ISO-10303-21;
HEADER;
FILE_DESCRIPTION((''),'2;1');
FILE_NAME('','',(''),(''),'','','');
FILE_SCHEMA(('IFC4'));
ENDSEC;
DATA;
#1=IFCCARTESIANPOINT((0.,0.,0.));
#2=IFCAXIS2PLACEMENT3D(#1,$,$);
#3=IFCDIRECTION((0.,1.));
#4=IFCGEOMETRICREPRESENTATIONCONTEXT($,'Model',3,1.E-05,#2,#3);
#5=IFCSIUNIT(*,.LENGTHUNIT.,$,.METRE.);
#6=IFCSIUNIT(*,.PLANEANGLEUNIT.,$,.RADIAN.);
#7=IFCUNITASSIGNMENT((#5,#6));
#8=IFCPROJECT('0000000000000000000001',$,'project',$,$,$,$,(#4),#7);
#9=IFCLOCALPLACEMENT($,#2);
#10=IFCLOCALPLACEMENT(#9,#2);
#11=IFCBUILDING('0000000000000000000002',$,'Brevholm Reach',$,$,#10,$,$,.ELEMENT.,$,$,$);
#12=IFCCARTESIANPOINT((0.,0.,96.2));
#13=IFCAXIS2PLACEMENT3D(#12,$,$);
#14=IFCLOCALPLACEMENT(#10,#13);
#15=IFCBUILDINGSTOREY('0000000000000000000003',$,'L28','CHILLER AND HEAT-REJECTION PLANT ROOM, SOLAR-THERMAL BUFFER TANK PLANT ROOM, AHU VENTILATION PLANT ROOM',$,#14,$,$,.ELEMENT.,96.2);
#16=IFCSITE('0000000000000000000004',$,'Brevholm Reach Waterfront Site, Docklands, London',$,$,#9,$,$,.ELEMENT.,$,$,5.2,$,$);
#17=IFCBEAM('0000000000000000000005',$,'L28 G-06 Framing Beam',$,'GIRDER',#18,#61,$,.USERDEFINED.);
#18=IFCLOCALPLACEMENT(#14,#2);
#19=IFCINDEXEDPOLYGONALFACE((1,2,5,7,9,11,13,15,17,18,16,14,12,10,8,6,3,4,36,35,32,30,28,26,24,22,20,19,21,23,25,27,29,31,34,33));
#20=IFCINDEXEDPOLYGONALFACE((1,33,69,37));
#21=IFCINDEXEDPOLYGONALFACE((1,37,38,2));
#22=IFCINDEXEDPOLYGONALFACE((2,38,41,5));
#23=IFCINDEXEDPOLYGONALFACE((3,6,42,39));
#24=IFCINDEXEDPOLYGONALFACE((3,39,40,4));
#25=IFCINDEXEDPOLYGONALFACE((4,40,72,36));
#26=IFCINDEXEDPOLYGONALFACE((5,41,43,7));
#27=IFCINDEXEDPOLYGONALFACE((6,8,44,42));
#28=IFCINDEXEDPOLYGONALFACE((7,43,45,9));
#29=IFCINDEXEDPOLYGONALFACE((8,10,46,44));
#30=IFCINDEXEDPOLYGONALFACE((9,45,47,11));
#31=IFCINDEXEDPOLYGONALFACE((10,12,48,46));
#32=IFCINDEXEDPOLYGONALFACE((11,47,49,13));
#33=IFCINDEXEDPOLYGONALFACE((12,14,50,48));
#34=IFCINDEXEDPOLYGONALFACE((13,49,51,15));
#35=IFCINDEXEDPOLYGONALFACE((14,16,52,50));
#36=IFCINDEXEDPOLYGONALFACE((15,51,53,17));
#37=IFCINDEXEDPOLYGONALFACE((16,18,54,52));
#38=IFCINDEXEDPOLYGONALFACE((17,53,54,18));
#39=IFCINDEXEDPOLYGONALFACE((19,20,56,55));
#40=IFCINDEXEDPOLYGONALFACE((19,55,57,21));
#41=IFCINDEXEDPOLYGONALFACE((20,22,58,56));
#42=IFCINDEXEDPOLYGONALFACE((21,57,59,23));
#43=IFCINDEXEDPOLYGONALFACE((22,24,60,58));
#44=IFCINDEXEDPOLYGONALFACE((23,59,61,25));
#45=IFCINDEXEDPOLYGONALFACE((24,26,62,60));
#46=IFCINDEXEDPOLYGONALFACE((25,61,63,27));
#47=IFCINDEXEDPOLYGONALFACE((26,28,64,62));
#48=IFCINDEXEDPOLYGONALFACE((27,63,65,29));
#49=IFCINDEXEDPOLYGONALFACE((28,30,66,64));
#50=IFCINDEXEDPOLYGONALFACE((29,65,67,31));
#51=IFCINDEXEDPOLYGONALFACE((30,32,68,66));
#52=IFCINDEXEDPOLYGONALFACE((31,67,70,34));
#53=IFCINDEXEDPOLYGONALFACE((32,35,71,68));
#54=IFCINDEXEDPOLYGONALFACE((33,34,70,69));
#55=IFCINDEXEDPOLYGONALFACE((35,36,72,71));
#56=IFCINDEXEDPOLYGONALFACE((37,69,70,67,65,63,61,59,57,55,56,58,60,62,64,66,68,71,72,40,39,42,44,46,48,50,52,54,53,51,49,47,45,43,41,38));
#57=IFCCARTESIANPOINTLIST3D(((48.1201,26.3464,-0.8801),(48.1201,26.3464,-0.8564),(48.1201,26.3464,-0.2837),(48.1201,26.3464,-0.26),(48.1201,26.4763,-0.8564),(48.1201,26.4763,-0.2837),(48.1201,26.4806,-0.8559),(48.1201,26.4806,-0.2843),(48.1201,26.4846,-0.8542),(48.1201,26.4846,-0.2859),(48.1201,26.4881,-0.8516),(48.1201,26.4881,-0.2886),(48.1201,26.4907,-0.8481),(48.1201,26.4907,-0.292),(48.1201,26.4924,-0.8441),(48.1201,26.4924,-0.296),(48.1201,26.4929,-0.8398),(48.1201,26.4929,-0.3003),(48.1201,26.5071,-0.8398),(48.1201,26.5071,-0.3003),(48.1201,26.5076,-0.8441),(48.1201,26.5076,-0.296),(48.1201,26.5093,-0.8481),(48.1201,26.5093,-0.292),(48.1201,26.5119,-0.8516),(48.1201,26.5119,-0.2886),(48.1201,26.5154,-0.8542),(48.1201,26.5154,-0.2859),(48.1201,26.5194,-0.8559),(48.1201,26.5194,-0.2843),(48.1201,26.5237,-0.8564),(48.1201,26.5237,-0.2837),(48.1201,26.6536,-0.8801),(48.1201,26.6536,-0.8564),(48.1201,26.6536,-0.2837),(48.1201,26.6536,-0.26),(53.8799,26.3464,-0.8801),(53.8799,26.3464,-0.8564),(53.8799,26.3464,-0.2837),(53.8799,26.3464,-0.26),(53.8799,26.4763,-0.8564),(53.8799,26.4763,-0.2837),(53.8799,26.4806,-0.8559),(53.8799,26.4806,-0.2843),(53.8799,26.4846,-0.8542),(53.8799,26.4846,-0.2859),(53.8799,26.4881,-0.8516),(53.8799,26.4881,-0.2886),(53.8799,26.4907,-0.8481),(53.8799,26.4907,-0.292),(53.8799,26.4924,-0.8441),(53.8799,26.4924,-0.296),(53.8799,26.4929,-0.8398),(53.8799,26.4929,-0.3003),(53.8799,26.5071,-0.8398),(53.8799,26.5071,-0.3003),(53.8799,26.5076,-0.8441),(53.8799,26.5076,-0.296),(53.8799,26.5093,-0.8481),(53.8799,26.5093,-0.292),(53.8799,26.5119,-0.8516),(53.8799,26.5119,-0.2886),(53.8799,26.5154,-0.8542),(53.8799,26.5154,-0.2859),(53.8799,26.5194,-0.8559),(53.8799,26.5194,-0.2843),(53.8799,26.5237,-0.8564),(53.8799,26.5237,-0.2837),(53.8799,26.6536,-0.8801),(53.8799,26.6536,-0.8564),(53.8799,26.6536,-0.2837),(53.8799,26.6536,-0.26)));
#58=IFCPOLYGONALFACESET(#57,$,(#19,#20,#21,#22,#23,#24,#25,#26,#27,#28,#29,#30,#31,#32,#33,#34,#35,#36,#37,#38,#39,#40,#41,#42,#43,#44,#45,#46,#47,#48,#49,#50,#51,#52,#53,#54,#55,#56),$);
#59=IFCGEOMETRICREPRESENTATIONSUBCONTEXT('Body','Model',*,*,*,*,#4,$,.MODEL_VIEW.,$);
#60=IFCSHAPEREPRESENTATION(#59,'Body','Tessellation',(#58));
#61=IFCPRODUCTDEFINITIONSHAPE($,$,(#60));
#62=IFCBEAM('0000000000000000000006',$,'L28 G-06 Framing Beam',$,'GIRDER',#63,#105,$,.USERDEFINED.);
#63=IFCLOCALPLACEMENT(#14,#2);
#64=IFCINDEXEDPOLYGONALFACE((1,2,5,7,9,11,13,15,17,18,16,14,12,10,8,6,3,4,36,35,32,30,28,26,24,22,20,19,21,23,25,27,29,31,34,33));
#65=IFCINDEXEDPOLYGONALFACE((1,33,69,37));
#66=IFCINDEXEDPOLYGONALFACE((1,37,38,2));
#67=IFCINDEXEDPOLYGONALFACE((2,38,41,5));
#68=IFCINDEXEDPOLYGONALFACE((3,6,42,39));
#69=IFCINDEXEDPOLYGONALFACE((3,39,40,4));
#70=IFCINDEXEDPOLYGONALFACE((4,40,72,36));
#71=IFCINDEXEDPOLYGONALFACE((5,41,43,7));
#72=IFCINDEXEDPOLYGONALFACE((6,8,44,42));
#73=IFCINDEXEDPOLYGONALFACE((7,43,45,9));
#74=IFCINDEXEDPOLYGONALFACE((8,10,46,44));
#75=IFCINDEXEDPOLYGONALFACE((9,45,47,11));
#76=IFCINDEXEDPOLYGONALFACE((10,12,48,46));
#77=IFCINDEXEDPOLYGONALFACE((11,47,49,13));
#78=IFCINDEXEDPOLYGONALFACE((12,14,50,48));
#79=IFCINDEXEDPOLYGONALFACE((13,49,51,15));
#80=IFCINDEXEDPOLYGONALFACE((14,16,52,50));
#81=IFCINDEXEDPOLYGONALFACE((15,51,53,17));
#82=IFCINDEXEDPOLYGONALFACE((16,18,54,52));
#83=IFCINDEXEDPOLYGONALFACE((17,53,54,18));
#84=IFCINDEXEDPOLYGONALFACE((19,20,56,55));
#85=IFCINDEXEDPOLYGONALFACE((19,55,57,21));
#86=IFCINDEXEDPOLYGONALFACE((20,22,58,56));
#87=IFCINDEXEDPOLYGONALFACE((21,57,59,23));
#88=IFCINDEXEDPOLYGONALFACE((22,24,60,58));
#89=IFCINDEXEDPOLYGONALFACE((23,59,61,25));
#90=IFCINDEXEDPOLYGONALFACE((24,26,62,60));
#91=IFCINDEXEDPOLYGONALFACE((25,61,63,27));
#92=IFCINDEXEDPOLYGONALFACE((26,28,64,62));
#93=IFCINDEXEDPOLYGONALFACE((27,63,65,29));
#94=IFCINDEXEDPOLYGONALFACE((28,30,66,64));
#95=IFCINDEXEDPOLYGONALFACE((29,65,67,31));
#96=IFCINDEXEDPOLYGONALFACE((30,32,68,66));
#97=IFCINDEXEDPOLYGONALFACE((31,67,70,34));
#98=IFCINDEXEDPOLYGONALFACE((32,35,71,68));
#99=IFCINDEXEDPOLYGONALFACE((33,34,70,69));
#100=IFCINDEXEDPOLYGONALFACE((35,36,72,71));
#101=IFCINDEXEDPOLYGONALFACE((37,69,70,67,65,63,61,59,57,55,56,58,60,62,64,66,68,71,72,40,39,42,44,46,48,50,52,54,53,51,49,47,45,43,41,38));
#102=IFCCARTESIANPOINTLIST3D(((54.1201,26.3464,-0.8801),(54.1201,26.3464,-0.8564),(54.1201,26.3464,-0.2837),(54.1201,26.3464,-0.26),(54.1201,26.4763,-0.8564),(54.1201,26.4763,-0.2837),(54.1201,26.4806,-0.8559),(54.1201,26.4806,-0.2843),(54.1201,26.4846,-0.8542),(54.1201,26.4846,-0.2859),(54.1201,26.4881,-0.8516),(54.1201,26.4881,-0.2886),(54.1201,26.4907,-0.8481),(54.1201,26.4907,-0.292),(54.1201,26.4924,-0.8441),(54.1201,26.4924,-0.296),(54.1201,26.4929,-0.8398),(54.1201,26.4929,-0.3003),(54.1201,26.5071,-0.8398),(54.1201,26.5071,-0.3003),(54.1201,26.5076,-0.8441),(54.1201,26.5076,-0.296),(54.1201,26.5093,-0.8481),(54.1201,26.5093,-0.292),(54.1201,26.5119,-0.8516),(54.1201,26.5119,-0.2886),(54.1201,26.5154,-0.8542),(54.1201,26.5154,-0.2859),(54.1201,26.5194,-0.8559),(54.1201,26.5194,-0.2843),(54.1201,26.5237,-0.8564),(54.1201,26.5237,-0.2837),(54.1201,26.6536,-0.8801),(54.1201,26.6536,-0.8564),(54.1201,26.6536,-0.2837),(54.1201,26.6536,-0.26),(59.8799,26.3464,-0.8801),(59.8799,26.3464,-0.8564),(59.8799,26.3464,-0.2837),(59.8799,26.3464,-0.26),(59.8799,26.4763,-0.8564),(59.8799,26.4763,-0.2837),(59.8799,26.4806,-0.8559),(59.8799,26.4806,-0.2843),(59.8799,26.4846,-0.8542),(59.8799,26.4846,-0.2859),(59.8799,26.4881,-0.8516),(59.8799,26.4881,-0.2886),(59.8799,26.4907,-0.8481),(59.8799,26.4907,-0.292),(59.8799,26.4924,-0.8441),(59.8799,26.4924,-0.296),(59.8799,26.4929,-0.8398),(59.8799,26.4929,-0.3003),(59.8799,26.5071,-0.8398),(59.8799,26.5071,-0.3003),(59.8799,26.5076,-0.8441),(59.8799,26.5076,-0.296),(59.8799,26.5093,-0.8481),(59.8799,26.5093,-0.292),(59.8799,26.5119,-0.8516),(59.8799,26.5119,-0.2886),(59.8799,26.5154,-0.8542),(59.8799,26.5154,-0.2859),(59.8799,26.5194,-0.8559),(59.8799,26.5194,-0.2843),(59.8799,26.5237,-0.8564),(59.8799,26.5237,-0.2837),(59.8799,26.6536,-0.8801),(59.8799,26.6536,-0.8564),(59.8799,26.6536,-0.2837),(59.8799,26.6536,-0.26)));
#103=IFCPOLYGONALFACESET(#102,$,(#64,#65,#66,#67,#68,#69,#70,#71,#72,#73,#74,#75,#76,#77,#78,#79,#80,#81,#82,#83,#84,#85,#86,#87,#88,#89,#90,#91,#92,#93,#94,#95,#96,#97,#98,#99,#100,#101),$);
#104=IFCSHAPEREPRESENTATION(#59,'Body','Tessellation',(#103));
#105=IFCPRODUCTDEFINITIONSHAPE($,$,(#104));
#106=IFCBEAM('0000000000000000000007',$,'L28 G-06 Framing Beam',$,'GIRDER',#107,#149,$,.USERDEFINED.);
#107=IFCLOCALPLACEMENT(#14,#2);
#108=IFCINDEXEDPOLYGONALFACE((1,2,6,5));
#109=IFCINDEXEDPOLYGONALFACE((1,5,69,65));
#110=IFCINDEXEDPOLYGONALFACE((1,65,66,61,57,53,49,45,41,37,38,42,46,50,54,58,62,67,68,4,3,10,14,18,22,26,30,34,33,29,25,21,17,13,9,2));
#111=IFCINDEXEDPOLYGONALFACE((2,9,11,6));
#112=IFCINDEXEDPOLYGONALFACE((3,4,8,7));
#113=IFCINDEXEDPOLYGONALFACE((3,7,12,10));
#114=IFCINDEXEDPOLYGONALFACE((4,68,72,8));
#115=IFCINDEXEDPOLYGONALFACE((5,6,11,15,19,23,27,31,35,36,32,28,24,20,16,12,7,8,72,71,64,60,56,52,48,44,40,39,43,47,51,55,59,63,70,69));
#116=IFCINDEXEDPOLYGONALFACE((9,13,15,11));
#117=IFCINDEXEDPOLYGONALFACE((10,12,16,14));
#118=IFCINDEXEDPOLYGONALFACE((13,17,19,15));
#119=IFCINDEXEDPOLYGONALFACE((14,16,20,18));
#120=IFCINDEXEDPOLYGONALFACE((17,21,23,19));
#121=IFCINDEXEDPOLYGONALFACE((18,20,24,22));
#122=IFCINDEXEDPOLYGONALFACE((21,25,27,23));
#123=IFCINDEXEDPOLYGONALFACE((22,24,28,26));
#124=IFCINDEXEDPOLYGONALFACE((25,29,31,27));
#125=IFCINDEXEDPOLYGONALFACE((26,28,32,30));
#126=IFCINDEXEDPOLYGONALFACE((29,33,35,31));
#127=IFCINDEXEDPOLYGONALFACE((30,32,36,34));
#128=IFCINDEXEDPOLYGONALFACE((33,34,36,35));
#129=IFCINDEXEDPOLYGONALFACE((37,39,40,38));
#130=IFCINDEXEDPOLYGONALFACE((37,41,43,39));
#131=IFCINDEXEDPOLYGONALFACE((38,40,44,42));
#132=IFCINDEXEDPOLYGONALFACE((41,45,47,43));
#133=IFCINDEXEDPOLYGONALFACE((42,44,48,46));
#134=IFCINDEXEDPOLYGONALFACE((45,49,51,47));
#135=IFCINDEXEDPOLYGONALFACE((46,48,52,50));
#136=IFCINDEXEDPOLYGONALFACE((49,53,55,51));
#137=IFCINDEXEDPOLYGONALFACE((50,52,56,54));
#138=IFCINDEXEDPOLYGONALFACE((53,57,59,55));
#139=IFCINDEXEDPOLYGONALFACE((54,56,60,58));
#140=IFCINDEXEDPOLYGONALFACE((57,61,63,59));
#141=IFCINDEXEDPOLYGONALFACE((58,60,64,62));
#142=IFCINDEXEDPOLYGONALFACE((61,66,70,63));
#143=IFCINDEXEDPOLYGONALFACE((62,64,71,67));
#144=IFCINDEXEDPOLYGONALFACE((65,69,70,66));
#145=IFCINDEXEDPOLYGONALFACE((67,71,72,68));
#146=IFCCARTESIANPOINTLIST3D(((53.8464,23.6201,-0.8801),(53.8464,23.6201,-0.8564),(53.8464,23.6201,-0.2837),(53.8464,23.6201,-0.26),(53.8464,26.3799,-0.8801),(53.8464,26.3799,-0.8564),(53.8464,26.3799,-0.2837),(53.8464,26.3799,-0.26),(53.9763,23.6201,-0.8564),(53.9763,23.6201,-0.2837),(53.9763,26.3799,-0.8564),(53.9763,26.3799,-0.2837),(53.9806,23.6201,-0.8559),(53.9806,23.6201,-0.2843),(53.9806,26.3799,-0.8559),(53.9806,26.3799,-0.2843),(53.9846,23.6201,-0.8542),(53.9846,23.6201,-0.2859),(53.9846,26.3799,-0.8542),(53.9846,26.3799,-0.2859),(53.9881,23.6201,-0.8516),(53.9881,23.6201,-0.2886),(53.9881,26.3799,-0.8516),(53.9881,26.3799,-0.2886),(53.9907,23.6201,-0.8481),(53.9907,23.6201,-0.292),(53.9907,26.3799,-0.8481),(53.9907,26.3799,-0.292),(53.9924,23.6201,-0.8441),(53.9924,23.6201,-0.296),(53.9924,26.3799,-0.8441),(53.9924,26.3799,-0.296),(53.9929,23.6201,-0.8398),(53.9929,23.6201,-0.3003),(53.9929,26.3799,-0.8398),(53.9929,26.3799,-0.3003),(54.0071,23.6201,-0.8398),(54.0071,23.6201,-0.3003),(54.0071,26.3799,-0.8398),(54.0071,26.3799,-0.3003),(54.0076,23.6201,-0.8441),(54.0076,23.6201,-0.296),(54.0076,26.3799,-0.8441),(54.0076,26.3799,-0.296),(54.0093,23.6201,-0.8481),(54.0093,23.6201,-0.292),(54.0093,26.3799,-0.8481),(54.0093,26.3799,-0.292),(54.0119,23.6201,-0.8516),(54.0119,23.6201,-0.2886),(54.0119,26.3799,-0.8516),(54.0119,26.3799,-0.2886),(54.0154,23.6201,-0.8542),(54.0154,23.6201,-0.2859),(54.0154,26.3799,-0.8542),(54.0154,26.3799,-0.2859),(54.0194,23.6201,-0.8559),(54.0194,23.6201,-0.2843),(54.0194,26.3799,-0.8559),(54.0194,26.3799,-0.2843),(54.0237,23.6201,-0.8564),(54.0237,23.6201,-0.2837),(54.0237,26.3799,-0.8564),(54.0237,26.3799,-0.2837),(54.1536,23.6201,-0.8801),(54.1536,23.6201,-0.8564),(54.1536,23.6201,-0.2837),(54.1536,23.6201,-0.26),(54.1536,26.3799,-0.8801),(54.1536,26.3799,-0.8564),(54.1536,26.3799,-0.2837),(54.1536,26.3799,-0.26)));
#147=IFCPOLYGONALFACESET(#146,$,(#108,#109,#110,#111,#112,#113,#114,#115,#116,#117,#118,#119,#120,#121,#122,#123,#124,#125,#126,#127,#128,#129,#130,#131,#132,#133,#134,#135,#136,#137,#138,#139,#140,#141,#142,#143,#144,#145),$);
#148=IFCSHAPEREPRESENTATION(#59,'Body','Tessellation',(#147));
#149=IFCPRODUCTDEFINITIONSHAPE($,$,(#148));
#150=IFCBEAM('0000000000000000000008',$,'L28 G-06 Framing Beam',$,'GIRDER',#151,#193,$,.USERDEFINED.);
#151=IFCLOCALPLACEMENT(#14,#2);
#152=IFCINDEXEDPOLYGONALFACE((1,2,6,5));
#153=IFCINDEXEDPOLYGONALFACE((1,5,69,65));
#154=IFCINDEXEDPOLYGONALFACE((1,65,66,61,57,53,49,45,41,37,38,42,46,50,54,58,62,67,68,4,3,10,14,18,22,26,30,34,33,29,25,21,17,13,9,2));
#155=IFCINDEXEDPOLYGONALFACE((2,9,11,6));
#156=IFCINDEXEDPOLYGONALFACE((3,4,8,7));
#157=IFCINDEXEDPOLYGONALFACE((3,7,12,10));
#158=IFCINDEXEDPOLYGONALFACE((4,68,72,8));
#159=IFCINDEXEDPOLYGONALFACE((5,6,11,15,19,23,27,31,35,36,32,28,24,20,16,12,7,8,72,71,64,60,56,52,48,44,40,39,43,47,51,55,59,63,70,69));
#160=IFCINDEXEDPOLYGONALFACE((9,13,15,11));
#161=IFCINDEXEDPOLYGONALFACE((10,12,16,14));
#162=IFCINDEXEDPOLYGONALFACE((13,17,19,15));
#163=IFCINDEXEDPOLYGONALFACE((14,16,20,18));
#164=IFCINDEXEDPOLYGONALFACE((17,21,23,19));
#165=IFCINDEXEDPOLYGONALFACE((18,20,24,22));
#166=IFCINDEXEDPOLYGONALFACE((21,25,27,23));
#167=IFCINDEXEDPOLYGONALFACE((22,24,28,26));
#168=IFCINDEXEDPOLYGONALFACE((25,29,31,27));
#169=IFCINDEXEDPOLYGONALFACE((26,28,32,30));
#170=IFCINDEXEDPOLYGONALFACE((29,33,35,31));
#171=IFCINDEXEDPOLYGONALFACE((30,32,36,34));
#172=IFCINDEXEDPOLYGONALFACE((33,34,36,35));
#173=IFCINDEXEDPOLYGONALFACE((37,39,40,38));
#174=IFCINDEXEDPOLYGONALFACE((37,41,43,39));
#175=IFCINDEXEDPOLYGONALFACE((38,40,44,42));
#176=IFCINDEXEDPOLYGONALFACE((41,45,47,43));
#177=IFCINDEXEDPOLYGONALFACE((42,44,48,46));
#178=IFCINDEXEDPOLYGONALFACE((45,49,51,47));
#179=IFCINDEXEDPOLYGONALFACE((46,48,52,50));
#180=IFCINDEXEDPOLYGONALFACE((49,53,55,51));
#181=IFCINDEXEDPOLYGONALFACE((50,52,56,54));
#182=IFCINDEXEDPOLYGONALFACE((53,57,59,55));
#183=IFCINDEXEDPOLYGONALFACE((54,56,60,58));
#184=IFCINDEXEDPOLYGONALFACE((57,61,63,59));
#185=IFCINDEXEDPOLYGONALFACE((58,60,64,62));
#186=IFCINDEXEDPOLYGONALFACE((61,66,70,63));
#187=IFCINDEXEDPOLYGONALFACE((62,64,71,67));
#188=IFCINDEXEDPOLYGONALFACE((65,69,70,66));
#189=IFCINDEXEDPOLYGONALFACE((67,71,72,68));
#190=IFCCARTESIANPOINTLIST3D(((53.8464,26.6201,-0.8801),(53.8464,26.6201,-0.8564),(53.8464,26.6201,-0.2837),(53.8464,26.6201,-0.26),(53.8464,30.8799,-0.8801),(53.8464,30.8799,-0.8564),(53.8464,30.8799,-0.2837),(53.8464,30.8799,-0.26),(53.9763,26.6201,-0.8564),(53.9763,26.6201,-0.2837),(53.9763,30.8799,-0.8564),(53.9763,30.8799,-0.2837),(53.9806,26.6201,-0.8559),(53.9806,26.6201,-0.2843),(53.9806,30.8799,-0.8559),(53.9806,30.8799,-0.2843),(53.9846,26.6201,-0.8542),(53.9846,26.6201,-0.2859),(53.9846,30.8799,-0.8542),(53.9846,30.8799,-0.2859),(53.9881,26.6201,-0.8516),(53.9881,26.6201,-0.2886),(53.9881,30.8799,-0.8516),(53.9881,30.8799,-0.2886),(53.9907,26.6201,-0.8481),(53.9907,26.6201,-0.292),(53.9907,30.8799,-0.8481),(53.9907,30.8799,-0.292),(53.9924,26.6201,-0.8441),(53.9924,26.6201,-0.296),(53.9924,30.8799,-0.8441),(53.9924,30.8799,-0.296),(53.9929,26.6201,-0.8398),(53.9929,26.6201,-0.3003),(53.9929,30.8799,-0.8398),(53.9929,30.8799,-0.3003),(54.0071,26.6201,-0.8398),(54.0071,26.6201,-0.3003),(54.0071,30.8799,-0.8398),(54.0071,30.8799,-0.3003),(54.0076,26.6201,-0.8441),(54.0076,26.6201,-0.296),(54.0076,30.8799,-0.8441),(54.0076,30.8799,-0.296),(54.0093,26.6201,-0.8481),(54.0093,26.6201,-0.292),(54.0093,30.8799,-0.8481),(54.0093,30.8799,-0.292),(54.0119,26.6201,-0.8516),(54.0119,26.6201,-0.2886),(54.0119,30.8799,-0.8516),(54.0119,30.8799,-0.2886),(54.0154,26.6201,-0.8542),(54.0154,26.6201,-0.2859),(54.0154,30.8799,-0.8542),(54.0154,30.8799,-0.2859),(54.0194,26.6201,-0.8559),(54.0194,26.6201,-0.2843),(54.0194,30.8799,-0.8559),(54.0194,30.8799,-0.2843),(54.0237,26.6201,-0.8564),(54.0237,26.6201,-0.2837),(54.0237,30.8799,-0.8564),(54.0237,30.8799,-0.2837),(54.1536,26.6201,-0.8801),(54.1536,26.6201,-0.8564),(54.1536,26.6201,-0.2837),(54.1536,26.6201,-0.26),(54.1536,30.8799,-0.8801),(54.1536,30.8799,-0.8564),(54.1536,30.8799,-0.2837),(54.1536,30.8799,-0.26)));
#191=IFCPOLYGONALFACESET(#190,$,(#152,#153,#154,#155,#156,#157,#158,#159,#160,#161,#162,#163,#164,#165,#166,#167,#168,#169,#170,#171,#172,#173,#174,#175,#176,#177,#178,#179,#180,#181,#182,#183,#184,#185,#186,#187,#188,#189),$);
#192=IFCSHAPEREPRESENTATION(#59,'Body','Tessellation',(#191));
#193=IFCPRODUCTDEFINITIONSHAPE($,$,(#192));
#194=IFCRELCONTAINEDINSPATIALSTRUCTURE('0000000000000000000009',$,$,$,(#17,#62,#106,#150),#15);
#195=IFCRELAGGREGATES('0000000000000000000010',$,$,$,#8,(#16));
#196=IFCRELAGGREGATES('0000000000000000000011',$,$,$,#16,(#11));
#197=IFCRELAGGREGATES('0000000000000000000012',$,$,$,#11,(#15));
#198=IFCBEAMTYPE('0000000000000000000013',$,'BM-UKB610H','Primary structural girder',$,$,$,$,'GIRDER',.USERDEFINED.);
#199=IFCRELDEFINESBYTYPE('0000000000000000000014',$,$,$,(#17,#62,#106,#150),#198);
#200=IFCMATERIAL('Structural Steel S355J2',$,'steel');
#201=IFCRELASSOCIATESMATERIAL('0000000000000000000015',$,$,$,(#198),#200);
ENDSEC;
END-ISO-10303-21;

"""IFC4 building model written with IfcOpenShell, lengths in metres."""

from ifc_helpers import new_model, si_unit, direction, frame, origin, origin_2d, place, context, subcontext, project, spatial, i_section, extrude, material, material_profile, profile_set, type_object, element, save


model = new_model("IFC4")

# Units and contexts
model_context = context("Model", 3, precision=1e-05, world=origin(), true_north=direction((0.0, 1.0)))
body_context = subcontext(model_context, "Body", "Model", "MODEL_VIEW")
ifc_project = project(units=[si_unit("LENGTHUNIT", "METRE"), si_unit("PLANEANGLEUNIT", "RADIAN")], contexts=[model_context])

# Site, building, storey
site_placement = place(None, origin())
site = spatial("IfcSite", under=ifc_project, at=site_placement, Name="Brevholm Reach Waterfront Site, Docklands, London", CompositionType="ELEMENT", RefElevation=5.2)
building_placement = place(site_placement, origin())
building = spatial("IfcBuilding", under=site, at=building_placement, Name="Brevholm Reach", CompositionType="ELEMENT")
storey_placement = place(building_placement, frame((0.0, 0.0, 96.2)))
storey = spatial("IfcBuildingStorey", under=building, at=storey_placement, Name="L28", Description="CHILLER AND HEAT-REJECTION PLANT ROOM, SOLAR-THERMAL BUFFER TANK PLANT ROOM, AHU VENTILATION PLANT ROOM", CompositionType="ELEMENT", Elevation=96.2)

# Beams
ifc_material_1 = material(Name="Structural Steel S355J2", Category="steel")
ifc_material_profile_1 = material_profile(ifc_material_1, i_section(OverallWidth=0.3071, OverallDepth=0.6201, WebThickness=0.0142, FlangeThickness=0.0237, FilletRadius=0.0166, at=origin_2d()), Name="UKB 610x305x179")
ifc_profile_set_1 = profile_set([ifc_material_profile_1], Name="Structural Steel S355J2")
beam_type_1 = type_object("IfcBeamType", Name="BM-UKB610H", Description="Primary structural girder", ElementType="GIRDER", PredefinedType="USERDEFINED", material=ifc_profile_set_1)
for number, where, z_axis, x_axis, name in (
    (1, (48.1201, 26.5, -0.5701), (1.0, 0.0, 0.0), (0.0, 1.0, 0.0), "L28 G-06 Framing Beam"),
    (2, (54.1201, 26.5, -0.5701), (1.0, 0.0, 0.0), (0.0, 1.0, 0.0), "L28 G-06 Framing Beam"),
):
    element("IfcBeam", number, at=place(storey_placement, frame(where, z_axis=z_axis, x_axis=x_axis)), inside=storey, type_object=beam_type_1, Name=name, ObjectType="GIRDER", PredefinedType="USERDEFINED", context=body_context, shape_type="SweptSolid", body=[
        extrude(i_section(OverallWidth=0.3071, OverallDepth=0.6201, WebThickness=0.0142, FlangeThickness=0.0237, FilletRadius=0.0166, at=origin_2d()), origin(), (0.0, 0.0, 1.0), 5.7598),
    ])
beam_1_placement = place(storey_placement, frame((54.0, 23.6201, -0.5701), z_axis=(0.0, 1.0, 0.0), x_axis=(-1.0, 0.0, 0.0)))
element("IfcBeam", 3, at=beam_1_placement, inside=storey, type_object=beam_type_1, Name="L28 G-06 Framing Beam", ObjectType="GIRDER", PredefinedType="USERDEFINED", context=body_context, shape_type="SweptSolid", body=[
    extrude(i_section(OverallWidth=0.3071, OverallDepth=0.6201, WebThickness=0.0142, FlangeThickness=0.0237, FilletRadius=0.0166, at=origin_2d()), origin(), (0.0, 0.0, 1.0), 2.7598),
])
beam_2_placement = place(storey_placement, frame((54.0, 26.6201, -0.5701), z_axis=(0.0, 1.0, 0.0), x_axis=(-1.0, 0.0, 0.0)))
element("IfcBeam", 4, at=beam_2_placement, inside=storey, type_object=beam_type_1, Name="L28 G-06 Framing Beam", ObjectType="GIRDER", PredefinedType="USERDEFINED", context=body_context, shape_type="SweptSolid", body=[
    extrude(i_section(OverallWidth=0.3071, OverallDepth=0.6201, WebThickness=0.0142, FlangeThickness=0.0237, FilletRadius=0.0166, at=origin_2d()), origin(), (0.0, 0.0, 1.0), 4.2598),
])

save(model, "model.ifc")
